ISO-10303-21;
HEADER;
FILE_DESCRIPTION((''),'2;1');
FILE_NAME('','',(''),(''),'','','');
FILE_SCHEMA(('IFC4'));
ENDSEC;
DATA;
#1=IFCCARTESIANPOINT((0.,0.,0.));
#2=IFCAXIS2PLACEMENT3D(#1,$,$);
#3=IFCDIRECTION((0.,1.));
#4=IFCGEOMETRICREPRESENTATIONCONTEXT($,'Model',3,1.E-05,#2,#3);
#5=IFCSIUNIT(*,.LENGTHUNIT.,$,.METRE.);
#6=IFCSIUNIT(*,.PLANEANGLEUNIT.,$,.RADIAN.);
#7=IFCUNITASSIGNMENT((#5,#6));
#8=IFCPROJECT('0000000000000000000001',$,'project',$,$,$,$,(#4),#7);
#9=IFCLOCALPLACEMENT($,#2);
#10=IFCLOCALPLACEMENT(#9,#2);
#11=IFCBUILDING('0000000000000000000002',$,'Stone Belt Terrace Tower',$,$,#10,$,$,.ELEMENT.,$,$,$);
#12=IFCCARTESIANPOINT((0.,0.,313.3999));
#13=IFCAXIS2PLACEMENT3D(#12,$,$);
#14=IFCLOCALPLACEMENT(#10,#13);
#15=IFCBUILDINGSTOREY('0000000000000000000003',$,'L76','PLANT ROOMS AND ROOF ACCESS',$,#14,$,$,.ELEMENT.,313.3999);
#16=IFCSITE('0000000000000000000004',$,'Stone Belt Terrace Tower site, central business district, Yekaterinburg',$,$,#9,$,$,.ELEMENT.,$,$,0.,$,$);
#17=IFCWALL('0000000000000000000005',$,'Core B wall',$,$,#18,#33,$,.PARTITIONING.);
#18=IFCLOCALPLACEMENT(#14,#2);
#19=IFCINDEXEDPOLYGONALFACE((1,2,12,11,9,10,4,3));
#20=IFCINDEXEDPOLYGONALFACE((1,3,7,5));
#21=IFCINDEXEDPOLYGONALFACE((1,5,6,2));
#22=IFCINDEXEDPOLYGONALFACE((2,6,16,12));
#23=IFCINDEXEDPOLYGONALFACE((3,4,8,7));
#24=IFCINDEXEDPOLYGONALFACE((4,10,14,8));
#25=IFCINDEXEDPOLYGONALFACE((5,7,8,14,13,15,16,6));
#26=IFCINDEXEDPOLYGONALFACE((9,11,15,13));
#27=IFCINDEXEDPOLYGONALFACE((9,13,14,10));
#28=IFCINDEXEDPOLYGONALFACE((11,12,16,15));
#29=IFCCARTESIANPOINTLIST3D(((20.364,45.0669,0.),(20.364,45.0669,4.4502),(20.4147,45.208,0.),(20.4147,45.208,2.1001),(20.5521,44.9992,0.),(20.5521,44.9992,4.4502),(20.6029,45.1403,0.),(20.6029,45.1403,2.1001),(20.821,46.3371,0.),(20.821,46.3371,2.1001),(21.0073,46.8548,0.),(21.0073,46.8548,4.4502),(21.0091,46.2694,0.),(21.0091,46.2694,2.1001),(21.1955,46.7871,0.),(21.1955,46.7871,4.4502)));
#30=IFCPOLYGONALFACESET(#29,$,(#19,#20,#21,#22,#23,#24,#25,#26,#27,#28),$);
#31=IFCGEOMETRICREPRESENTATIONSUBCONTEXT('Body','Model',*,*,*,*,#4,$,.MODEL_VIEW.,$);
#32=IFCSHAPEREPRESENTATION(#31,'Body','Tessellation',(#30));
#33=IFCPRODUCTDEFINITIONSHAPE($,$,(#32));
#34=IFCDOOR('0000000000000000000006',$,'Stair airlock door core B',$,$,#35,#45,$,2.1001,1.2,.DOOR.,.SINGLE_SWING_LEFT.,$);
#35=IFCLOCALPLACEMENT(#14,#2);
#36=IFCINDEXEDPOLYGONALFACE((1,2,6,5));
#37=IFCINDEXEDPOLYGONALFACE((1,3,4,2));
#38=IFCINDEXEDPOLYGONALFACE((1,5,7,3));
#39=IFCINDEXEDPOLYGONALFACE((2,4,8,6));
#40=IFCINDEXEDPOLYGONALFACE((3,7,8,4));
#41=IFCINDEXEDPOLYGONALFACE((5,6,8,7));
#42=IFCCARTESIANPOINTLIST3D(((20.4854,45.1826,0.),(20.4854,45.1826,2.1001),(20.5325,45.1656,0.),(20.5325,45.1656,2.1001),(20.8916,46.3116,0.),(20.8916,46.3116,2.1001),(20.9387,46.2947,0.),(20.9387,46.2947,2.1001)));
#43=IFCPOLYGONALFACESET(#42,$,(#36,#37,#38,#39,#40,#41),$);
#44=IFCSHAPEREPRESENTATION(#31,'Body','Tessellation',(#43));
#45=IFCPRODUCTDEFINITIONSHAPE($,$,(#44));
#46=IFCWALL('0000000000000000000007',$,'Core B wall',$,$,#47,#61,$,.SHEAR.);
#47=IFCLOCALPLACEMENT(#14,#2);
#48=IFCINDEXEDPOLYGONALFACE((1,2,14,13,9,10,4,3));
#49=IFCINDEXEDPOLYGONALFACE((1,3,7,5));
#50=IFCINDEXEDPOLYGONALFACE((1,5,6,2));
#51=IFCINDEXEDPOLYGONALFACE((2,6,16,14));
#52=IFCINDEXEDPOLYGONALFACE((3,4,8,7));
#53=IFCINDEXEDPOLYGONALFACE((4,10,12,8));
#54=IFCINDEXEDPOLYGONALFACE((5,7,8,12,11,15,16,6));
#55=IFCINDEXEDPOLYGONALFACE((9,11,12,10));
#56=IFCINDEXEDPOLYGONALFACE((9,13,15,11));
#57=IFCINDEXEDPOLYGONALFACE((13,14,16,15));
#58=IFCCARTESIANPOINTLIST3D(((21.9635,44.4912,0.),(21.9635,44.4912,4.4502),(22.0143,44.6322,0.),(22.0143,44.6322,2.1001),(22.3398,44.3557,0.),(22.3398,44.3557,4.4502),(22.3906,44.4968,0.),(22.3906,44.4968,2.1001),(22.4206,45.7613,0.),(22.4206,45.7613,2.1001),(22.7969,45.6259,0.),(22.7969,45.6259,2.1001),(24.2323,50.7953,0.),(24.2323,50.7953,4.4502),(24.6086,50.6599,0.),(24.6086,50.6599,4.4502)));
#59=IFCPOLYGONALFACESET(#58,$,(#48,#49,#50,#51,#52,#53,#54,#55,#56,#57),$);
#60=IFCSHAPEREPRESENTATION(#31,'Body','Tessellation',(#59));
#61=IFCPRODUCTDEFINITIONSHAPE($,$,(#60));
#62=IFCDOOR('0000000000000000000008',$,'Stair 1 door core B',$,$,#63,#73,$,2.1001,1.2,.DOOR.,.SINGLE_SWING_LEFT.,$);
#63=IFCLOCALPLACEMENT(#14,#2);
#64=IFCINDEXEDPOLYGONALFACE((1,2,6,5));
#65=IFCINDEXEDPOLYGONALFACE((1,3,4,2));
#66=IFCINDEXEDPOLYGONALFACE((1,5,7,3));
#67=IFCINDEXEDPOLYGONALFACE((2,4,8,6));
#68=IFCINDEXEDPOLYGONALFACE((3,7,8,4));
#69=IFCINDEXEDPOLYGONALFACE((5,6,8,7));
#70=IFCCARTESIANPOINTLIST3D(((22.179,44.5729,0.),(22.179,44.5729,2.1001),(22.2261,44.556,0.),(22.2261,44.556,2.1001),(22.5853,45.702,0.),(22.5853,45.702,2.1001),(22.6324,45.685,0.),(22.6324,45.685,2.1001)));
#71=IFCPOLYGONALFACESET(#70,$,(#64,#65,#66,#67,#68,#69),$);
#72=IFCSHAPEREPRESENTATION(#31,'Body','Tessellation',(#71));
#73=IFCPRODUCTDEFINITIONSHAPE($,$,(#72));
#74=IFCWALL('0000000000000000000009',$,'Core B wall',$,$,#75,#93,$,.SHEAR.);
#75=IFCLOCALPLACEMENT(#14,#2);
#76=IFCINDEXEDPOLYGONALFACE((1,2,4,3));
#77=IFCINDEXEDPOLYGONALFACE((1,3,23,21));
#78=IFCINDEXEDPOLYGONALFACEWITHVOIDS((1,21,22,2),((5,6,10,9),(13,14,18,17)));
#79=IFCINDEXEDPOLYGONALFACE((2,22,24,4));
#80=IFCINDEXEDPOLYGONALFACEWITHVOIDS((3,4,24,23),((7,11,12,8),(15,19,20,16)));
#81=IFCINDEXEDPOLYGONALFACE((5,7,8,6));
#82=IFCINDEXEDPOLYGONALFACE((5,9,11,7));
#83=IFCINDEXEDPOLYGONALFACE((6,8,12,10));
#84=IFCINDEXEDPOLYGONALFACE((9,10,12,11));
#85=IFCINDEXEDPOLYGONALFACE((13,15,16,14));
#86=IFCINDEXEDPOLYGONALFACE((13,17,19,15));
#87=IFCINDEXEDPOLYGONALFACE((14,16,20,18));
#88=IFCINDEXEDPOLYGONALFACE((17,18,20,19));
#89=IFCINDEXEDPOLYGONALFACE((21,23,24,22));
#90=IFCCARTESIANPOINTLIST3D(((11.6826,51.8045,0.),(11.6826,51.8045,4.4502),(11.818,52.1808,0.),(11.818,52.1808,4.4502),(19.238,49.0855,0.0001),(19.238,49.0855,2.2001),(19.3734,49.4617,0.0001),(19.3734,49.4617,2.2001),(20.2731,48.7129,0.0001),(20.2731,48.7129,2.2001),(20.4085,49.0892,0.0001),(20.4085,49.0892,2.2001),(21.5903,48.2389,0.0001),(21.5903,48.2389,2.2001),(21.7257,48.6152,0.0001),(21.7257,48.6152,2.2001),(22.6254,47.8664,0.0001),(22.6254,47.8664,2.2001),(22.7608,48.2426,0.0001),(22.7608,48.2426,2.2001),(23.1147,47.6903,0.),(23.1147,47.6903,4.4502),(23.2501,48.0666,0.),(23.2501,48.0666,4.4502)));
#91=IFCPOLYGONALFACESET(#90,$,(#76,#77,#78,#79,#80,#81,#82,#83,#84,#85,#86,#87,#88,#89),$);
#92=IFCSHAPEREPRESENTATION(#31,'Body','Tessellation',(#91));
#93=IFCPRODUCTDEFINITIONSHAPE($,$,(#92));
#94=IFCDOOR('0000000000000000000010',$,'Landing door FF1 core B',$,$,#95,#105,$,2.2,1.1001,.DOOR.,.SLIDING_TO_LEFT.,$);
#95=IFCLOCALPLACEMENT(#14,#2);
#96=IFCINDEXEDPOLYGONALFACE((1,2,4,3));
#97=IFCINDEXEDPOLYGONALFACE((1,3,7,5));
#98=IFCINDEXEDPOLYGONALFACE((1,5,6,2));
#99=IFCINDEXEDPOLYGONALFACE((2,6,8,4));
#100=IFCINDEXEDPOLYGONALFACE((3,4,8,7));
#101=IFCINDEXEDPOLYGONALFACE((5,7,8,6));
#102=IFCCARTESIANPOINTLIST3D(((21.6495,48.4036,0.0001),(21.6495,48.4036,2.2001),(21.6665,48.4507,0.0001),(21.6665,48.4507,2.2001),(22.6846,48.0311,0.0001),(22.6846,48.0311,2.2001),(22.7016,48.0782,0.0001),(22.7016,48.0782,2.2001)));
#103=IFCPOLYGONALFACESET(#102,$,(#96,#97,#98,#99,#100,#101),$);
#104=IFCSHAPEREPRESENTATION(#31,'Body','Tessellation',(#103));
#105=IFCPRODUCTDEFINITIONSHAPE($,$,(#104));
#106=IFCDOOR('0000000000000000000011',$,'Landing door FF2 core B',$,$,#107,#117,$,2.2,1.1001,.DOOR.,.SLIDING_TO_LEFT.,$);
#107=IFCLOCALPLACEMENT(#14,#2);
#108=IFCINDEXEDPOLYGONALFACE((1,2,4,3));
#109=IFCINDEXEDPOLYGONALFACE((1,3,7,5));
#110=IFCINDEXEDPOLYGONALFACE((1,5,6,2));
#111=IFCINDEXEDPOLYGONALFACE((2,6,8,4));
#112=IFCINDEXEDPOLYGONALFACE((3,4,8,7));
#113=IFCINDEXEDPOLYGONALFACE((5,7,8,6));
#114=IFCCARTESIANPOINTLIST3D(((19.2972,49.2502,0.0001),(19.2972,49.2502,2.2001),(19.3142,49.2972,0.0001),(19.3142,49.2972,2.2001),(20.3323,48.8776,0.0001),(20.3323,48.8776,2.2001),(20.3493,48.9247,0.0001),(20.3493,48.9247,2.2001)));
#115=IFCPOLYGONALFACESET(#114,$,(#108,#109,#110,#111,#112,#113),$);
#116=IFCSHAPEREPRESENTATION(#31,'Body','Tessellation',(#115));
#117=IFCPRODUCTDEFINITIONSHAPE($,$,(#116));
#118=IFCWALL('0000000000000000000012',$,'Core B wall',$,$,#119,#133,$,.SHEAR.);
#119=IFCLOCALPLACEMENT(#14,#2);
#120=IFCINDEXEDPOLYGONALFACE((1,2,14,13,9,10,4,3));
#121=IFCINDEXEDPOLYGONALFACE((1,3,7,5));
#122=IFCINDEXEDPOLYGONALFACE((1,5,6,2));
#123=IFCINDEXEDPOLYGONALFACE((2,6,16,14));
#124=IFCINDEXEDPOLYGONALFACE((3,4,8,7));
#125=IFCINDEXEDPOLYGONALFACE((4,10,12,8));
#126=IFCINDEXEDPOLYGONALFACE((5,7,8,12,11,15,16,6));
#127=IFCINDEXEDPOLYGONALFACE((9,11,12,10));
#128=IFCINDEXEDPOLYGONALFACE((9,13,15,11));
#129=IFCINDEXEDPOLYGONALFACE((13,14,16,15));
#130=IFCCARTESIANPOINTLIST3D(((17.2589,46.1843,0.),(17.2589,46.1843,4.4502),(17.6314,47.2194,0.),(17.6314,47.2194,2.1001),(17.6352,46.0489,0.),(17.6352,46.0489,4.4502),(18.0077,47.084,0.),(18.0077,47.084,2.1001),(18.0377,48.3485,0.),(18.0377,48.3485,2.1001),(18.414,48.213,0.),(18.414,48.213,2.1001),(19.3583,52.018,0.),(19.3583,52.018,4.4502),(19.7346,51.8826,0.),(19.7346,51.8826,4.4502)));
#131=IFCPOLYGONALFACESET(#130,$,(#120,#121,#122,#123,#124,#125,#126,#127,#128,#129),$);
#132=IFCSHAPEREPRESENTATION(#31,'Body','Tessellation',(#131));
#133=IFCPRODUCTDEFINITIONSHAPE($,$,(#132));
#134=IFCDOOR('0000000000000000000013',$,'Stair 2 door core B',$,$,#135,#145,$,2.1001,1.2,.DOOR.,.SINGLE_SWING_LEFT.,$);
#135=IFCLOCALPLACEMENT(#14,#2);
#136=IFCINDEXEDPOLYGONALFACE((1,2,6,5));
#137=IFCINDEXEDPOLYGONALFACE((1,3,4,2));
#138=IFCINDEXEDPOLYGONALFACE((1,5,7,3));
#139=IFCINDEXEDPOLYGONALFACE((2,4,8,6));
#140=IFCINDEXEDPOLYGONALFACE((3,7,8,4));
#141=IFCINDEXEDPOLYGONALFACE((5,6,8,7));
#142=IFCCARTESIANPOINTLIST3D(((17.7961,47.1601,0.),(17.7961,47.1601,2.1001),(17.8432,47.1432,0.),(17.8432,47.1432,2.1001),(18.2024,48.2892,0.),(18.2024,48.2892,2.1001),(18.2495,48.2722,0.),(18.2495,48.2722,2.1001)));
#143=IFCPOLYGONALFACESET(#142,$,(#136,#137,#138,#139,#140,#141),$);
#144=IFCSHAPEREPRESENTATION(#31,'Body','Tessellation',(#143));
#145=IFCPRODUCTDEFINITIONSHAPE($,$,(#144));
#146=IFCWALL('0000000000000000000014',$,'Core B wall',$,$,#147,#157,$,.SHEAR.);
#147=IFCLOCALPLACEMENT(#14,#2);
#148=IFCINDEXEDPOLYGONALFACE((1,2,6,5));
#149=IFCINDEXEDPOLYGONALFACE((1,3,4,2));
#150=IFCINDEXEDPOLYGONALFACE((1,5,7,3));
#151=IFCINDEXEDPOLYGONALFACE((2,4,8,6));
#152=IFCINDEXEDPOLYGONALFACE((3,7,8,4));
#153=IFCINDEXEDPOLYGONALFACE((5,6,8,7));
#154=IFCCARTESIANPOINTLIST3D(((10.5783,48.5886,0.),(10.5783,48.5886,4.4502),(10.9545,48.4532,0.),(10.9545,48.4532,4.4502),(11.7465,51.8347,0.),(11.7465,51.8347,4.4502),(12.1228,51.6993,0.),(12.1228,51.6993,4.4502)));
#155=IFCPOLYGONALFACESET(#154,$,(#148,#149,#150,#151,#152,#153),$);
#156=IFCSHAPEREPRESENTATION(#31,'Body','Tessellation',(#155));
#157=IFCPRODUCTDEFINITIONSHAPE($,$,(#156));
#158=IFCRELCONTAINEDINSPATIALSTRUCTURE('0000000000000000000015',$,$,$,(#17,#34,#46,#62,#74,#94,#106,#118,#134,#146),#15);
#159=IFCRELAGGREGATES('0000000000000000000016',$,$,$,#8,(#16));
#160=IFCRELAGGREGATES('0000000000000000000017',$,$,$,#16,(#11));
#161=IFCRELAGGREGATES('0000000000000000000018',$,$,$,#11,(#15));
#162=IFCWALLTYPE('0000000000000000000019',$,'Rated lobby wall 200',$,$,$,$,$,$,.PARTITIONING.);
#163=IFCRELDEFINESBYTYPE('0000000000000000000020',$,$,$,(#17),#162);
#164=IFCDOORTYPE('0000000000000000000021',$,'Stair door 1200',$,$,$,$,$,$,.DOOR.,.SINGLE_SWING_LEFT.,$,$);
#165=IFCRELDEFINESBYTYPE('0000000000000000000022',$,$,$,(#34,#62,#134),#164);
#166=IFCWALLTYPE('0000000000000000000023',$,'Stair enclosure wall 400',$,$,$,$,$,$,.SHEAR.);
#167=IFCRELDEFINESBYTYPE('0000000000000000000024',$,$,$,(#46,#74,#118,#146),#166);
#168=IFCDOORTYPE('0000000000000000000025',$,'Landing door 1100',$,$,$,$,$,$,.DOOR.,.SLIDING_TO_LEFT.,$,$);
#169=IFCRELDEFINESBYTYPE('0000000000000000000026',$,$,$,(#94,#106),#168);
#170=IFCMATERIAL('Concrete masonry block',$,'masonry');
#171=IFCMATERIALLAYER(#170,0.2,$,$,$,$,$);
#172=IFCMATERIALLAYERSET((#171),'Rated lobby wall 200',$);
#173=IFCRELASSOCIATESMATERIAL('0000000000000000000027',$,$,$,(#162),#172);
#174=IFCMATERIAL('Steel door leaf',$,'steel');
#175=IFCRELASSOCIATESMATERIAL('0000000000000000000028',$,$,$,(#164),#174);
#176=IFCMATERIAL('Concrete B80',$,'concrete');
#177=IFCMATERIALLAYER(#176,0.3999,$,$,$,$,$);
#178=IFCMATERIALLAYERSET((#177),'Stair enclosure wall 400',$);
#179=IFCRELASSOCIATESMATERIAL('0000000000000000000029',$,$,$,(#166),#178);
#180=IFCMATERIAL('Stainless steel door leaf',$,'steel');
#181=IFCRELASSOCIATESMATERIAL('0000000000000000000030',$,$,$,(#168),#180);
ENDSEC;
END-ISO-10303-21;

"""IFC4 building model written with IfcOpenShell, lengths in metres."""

from ifc_helpers import new_model, si_unit, direction, frame, frame_2d, origin, place, context, subcontext, project, spatial, rectangle, extrude, material, layer, layer_set, type_object, element, fill, save


model = new_model("IFC4")

# Units and contexts
model_context = context("Model", 3, precision=1e-05, world=origin(), true_north=direction((0.0, 1.0)))
body_context = subcontext(model_context, "Body", "Model", "MODEL_VIEW")
ifc_project = project(units=[si_unit("LENGTHUNIT", "METRE"), si_unit("PLANEANGLEUNIT", "RADIAN")], contexts=[model_context])

# Site, building, storey
site_placement = place(None, origin())
site = spatial("IfcSite", under=ifc_project, at=site_placement, Name="Stone Belt Terrace Tower site, central business district, Yekaterinburg", CompositionType="ELEMENT", RefElevation=0.0)
building_placement = place(site_placement, origin())
building = spatial("IfcBuilding", under=site, at=building_placement, Name="Stone Belt Terrace Tower", CompositionType="ELEMENT")
storey_placement = place(building_placement, frame((0.0, 0.0, 313.3999)))
storey = spatial("IfcBuildingStorey", under=building, at=storey_placement, Name="L76", Description="PLANT ROOMS AND ROOF ACCESS", CompositionType="ELEMENT", Elevation=313.3999)

# Shared definitions
ifc_material_1 = material(Name="Concrete masonry block", Category="masonry")
ifc_layer_1 = layer(ifc_material_1, 0.2)
ifc_layer_set_1 = layer_set([ifc_layer_1], Name="Rated lobby wall 200")
wall_type_1 = type_object("IfcWallType", Name="Rated lobby wall 200", PredefinedType="PARTITIONING", material=ifc_layer_set_1)

# Walls, openings, doors
wall_1_placement = place(storey_placement, frame((20.458, 45.033, 0.0), z_axis=(0.0, 0.0, 1.0), x_axis=(0.338574, 0.94094, 0.0)))
wall_1 = element("IfcWall", 1, at=wall_1_placement, inside=storey, type_object=wall_type_1, Name="Core B wall", PredefinedType="PARTITIONING", context=body_context, shape_type="SweptSolid", body=[
    extrude(rectangle(XDim=1.9001, YDim=0.2, at=frame_2d((0.9502, 0.0))), origin(), (0.0, 0.0, 1.0), 4.4502),
])
opening_1_placement = place(wall_1_placement, frame((0.1499, 0.0, 0.0)))
opening_1 = element("IfcOpeningElement", 2, at=opening_1_placement, cuts=wall_1, PredefinedType="OPENING", context=body_context, shape_type="SweptSolid", body=[
    extrude(rectangle(XDim=1.2, YDim=2.1001, at=frame_2d((0.6001, 1.05))), frame((0.0, 0.1099, 0.0), z_axis=(0.0, -1.0, 0.0), x_axis=(1.0, 0.0, 0.0)), (0.0, 0.0, 1.0), 0.22),
])
ifc_material_2 = material(Name="Steel door leaf", Category="steel")
door_type_1 = type_object("IfcDoorType", Name="Stair door 1200", OperationType="SINGLE_SWING_LEFT", PredefinedType="DOOR", material=ifc_material_2)
door_1_placement = place(opening_1_placement, origin())
door_1 = element("IfcDoor", 3, at=door_1_placement, inside=storey, type_object=door_type_1, Name="Stair airlock door core B", OperationType="SINGLE_SWING_LEFT", OverallHeight=2.1001, OverallWidth=1.2, PredefinedType="DOOR", context=body_context, shape_type="SweptSolid", body=[
    extrude(rectangle(XDim=1.2, YDim=2.1001, at=frame_2d((0.6001, 1.05))), frame((0.0, 0.0249, 0.0), z_axis=(0.0, -1.0, 0.0), x_axis=(1.0, 0.0, 0.0)), (0.0, 0.0, 1.0), 0.05),
])
fill(opening_1, door_1)
ifc_material_3 = material(Name="Concrete B80", Category="concrete")
ifc_layer_2 = layer(ifc_material_3, 0.3999)
ifc_layer_set_2 = layer_set([ifc_layer_2], Name="Stair enclosure wall 400")
wall_type_2 = type_object("IfcWallType", Name="Stair enclosure wall 400", PredefinedType="SHEAR", material=ifc_layer_set_2)
wall_2_placement = place(storey_placement, frame((22.1516, 44.4233, 0.0), z_axis=(0.0, 0.0, 1.0), x_axis=(0.338625, 0.940921, 0.0)))
wall_2 = element("IfcWall", 4, at=wall_2_placement, inside=storey, type_object=wall_type_2, Name="Core B wall", PredefinedType="SHEAR", context=body_context, shape_type="SweptSolid", body=[
    extrude(rectangle(XDim=6.7, YDim=0.3999, at=frame_2d((3.3501, 0.0))), origin(), (0.0, 0.0, 1.0), 4.4502),
])
opening_2_placement = place(wall_2_placement, frame((0.1499, 0.0, 0.0)))
opening_2 = element("IfcOpeningElement", 5, at=opening_2_placement, cuts=wall_2, PredefinedType="OPENING", context=body_context, shape_type="SweptSolid", body=[
    extrude(rectangle(XDim=1.2, YDim=2.1001, at=frame_2d((0.6001, 1.05))), frame((0.0, 0.21, 0.0), z_axis=(0.0, -1.0, 0.0), x_axis=(1.0, 0.0, 0.0)), (0.0, 0.0, 1.0), 0.4199),
])
door_2_placement = place(opening_2_placement, origin())
door_2 = element("IfcDoor", 6, at=door_2_placement, inside=storey, type_object=door_type_1, Name="Stair 1 door core B", OperationType="SINGLE_SWING_LEFT", OverallHeight=2.1001, OverallWidth=1.2, PredefinedType="DOOR", context=body_context, shape_type="SweptSolid", body=[
    extrude(rectangle(XDim=1.2, YDim=2.1001, at=frame_2d((0.6001, 1.05))), frame((0.0, 0.0249, 0.0), z_axis=(0.0, -1.0, 0.0), x_axis=(1.0, 0.0, 0.0)), (0.0, 0.0, 1.0), 0.05),
])
fill(opening_2, door_2)

# Wall, openings, doors
wall_3_placement = place(storey_placement, frame((23.1824, 47.8784, 0.0), z_axis=(0.0, 0.0, 1.0), x_axis=(-0.940922, 0.338624, 0.0)))
wall_3 = element("IfcWall", 7, at=wall_3_placement, inside=storey, type_object=wall_type_2, Name="Core B wall", PredefinedType="SHEAR", context=body_context, shape_type="SweptSolid", body=[
    extrude(rectangle(XDim=12.1499, YDim=0.3999, at=frame_2d((6.075, 0.0))), origin(), (0.0, 0.0, 1.0), 4.4502),
])
opening_3_placement = place(wall_3_placement, frame((0.52, 0.0, 0.0)))
opening_3 = element("IfcOpeningElement", 8, at=opening_3_placement, cuts=wall_3, PredefinedType="OPENING", context=body_context, shape_type="SweptSolid", body=[
    extrude(rectangle(XDim=1.1001, YDim=2.2, at=frame_2d((0.55, 1.1001))), frame((0.0, 0.21, 0.0), z_axis=(0.0, -1.0, 0.0), x_axis=(1.0, 0.0, 0.0)), (0.0, 0.0, 1.0), 0.4199),
])
opening_4_placement = place(wall_3_placement, frame((3.02, 0.0, 0.0)))
opening_4 = element("IfcOpeningElement", 9, at=opening_4_placement, cuts=wall_3, PredefinedType="OPENING", context=body_context, shape_type="SweptSolid", body=[
    extrude(rectangle(XDim=1.1001, YDim=2.2, at=frame_2d((0.55, 1.1001))), frame((0.0, 0.21, 0.0), z_axis=(0.0, -1.0, 0.0), x_axis=(1.0, 0.0, 0.0)), (0.0, 0.0, 1.0), 0.4199),
])
ifc_material_4 = material(Name="Stainless steel door leaf", Category="steel")
door_type_2 = type_object("IfcDoorType", Name="Landing door 1100", OperationType="SLIDING_TO_LEFT", PredefinedType="DOOR", material=ifc_material_4)
door_3_placement = place(opening_3_placement, origin())
door_3 = element("IfcDoor", 10, at=door_3_placement, inside=storey, type_object=door_type_2, Name="Landing door FF1 core B", OperationType="SLIDING_TO_LEFT", OverallHeight=2.2, OverallWidth=1.1001, PredefinedType="DOOR", context=body_context, shape_type="SweptSolid", body=[
    extrude(rectangle(XDim=1.1001, YDim=2.2, at=frame_2d((0.55, 1.1001))), frame((0.0, 0.0249, 0.0), z_axis=(0.0, -1.0, 0.0), x_axis=(1.0, 0.0, 0.0)), (0.0, 0.0, 1.0), 0.05),
])
fill(opening_3, door_3)
door_4_placement = place(opening_4_placement, origin())
door_4 = element("IfcDoor", 11, at=door_4_placement, inside=storey, type_object=door_type_2, Name="Landing door FF2 core B", OperationType="SLIDING_TO_LEFT", OverallHeight=2.2, OverallWidth=1.1001, PredefinedType="DOOR", context=body_context, shape_type="SweptSolid", body=[
    extrude(rectangle(XDim=1.1001, YDim=2.2, at=frame_2d((0.55, 1.1001))), frame((0.0, 0.0249, 0.0), z_axis=(0.0, -1.0, 0.0), x_axis=(1.0, 0.0, 0.0)), (0.0, 0.0, 1.0), 0.05),
])
fill(opening_4, door_4)

# Wall, opening, door
wall_4_placement = place(storey_placement, frame((17.447, 46.1165, 0.0), z_axis=(0.0, 0.0, 1.0), x_axis=(0.338608, 0.940928, 0.0)))
wall_4 = element("IfcWall", 12, at=wall_4_placement, inside=storey, type_object=wall_type_2, Name="Core B wall", PredefinedType="SHEAR", context=body_context, shape_type="SweptSolid", body=[
    extrude(rectangle(XDim=6.2, YDim=0.3999, at=frame_2d((3.1001, 0.0))), origin(), (0.0, 0.0, 1.0), 4.4502),
])
opening_5_placement = place(wall_4_placement, frame((1.1001, 0.0, 0.0)))
opening_5 = element("IfcOpeningElement", 13, at=opening_5_placement, cuts=wall_4, PredefinedType="OPENING", context=body_context, shape_type="SweptSolid", body=[
    extrude(rectangle(XDim=1.2, YDim=2.1001, at=frame_2d((0.6001, 1.05))), frame((0.0, 0.21, 0.0), z_axis=(0.0, -1.0, 0.0), x_axis=(1.0, 0.0, 0.0)), (0.0, 0.0, 1.0), 0.4199),
])
door_5_placement = place(opening_5_placement, origin())
door_5 = element("IfcDoor", 14, at=door_5_placement, inside=storey, type_object=door_type_1, Name="Stair 2 door core B", OperationType="SINGLE_SWING_LEFT", OverallHeight=2.1001, OverallWidth=1.2, PredefinedType="DOOR", context=body_context, shape_type="SweptSolid", body=[
    extrude(rectangle(XDim=1.2, YDim=2.1001, at=frame_2d((0.6001, 1.05))), frame((0.0, 0.0249, 0.0), z_axis=(0.0, -1.0, 0.0), x_axis=(1.0, 0.0, 0.0)), (0.0, 0.0, 1.0), 0.05),
])
fill(opening_5, door_5)

# Wall
wall_5_placement = place(storey_placement, frame((10.7664, 48.5208, 0.0), z_axis=(0.0, 0.0, 1.0), x_axis=(0.338622, 0.940923, 0.0)))
element("IfcWall", 15, at=wall_5_placement, inside=storey, type_object=wall_type_2, Name="Core B wall", PredefinedType="SHEAR", context=body_context, shape_type="SweptSolid", body=[
    extrude(rectangle(XDim=3.45, YDim=0.3999, at=frame_2d((1.7251, 0.0))), origin(), (0.0, 0.0, 1.0), 4.4502),
])

save(model, "model.ifc")
